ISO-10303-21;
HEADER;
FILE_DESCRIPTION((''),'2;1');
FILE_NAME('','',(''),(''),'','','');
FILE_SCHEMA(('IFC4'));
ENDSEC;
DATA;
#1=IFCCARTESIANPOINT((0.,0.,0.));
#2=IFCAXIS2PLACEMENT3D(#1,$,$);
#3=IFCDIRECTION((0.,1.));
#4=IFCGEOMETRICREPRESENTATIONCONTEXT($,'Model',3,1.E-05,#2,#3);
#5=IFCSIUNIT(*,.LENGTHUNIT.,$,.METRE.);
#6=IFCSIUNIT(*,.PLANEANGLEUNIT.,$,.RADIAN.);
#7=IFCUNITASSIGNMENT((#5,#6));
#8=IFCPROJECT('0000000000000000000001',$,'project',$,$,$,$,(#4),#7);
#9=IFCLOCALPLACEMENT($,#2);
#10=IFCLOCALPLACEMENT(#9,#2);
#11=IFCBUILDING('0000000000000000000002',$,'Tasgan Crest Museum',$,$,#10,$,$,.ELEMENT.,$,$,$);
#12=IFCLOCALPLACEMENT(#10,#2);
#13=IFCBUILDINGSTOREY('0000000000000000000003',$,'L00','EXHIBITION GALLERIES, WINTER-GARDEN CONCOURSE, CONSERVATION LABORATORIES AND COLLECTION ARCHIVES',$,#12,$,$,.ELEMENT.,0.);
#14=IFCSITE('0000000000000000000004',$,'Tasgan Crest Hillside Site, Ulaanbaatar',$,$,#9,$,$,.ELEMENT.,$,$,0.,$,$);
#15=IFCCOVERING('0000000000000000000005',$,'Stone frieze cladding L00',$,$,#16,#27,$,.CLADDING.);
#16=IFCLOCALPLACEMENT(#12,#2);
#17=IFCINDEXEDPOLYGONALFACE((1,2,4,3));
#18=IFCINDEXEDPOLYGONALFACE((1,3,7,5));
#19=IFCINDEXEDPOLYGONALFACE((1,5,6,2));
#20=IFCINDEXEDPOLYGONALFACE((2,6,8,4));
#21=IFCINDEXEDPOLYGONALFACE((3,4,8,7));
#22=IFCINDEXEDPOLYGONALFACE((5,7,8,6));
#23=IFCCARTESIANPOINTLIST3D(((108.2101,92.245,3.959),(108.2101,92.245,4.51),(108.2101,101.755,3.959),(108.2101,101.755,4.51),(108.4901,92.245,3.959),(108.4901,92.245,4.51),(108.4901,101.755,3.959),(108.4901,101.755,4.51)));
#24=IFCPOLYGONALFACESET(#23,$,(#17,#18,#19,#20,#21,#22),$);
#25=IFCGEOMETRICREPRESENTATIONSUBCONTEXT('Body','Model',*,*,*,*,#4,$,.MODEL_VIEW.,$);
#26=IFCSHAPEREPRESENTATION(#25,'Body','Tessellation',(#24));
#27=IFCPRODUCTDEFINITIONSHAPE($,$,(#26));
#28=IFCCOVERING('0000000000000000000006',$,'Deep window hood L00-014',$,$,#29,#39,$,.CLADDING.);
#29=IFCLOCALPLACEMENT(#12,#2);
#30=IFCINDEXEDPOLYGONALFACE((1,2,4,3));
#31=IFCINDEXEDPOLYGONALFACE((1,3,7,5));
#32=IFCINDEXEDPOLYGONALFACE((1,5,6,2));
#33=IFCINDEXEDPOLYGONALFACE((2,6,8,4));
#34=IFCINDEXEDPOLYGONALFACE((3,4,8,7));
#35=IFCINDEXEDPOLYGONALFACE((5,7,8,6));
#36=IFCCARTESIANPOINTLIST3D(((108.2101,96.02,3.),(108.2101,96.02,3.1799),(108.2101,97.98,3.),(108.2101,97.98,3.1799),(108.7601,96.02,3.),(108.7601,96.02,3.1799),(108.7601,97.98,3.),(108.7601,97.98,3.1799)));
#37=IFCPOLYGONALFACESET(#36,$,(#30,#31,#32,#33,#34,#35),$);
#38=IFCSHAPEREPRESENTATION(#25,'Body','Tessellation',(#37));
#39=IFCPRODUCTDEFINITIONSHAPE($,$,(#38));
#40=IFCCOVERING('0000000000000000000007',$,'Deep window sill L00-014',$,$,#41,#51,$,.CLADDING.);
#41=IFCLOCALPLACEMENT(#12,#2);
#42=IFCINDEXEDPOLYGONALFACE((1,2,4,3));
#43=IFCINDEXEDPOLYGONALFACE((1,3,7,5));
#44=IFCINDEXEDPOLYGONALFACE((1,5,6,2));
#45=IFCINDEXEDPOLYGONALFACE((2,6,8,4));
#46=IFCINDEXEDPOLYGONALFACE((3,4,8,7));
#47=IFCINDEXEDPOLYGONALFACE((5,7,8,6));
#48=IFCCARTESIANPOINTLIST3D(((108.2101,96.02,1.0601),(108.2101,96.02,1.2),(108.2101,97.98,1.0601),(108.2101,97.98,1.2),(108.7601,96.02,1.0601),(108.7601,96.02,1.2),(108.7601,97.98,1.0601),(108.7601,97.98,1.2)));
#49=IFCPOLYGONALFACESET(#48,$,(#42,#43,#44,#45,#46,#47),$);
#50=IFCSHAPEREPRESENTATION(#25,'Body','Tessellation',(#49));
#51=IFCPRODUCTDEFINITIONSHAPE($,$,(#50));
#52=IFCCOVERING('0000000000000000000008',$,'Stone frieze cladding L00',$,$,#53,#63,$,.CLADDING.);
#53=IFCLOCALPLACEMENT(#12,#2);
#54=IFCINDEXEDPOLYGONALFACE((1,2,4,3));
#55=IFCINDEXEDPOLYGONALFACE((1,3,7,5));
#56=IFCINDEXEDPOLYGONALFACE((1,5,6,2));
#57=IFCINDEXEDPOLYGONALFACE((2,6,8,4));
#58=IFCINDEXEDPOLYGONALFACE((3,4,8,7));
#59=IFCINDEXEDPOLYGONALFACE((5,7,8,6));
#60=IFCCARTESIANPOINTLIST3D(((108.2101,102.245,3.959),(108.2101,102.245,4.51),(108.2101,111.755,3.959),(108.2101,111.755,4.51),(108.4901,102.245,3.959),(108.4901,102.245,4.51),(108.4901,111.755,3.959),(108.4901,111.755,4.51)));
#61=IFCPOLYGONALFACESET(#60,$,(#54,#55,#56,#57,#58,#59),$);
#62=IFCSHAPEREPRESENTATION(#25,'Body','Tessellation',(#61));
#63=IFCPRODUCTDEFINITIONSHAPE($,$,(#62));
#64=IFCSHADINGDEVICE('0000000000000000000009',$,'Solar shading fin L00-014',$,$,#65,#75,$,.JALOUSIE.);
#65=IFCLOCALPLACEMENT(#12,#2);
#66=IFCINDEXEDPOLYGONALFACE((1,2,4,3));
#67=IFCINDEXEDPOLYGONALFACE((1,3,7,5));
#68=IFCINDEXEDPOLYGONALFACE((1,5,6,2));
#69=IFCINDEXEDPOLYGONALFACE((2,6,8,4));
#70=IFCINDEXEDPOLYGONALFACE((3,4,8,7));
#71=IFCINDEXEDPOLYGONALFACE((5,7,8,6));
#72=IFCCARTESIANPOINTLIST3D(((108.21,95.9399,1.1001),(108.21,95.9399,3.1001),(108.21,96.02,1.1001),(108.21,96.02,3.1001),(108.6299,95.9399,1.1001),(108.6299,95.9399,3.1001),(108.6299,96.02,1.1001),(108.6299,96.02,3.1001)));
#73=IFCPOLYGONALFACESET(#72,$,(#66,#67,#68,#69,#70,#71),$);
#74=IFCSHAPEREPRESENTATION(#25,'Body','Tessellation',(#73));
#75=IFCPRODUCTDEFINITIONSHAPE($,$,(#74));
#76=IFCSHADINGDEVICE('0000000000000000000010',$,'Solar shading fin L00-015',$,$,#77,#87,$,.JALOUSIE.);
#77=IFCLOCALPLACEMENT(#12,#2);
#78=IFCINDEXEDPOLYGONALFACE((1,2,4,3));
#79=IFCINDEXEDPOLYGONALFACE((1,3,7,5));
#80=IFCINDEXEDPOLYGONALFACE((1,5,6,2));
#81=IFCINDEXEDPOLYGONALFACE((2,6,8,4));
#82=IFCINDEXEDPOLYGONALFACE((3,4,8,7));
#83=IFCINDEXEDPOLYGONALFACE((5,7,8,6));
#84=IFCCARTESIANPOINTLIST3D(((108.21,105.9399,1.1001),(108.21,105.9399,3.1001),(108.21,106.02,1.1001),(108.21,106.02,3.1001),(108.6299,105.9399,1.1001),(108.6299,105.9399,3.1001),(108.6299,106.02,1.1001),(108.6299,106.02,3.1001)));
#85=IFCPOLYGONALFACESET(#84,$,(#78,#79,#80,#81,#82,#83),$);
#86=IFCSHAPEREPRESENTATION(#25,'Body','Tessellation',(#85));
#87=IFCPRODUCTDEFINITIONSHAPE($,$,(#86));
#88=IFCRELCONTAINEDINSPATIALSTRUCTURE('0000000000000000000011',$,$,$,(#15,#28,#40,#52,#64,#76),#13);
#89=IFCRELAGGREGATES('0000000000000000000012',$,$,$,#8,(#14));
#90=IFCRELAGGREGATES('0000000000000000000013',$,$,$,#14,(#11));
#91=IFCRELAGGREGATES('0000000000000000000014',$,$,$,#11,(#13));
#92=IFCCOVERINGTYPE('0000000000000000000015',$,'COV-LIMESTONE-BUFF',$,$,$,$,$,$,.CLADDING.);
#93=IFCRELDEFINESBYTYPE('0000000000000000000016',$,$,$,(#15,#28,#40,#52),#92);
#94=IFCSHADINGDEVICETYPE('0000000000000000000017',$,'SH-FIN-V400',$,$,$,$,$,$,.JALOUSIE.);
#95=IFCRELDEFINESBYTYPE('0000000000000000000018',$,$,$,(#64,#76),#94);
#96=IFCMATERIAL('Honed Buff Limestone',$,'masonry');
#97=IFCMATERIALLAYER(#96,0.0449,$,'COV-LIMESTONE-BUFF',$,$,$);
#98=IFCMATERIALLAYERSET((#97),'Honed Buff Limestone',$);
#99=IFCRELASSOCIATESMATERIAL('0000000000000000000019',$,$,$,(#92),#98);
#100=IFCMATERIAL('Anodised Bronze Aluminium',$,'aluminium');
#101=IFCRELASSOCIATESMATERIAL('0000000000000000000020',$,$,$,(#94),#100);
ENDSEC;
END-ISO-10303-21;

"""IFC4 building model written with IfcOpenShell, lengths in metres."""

from ifc_helpers import new_model, si_unit, direction, frame, origin, origin_2d, place, context, subcontext, project, spatial, rectangle, extrude, material, layer, layer_set, type_object, element, save


model = new_model("IFC4")

# Units and contexts
model_context = context("Model", 3, precision=1e-05, world=origin(), true_north=direction((0.0, 1.0)))
body_context = subcontext(model_context, "Body", "Model", "MODEL_VIEW")
ifc_project = project(units=[si_unit("LENGTHUNIT", "METRE"), si_unit("PLANEANGLEUNIT", "RADIAN")], contexts=[model_context])

# Site, building, storey
site_placement = place(None, origin())
site = spatial("IfcSite", under=ifc_project, at=site_placement, Name="Tasgan Crest Hillside Site, Ulaanbaatar", CompositionType="ELEMENT", RefElevation=0.0)
building_placement = place(site_placement, origin())
building = spatial("IfcBuilding", under=site, at=building_placement, Name="Tasgan Crest Museum", CompositionType="ELEMENT")
storey_placement = place(building_placement, origin())
storey = spatial("IfcBuildingStorey", under=building, at=storey_placement, Name="L00", Description="EXHIBITION GALLERIES, WINTER-GARDEN CONCOURSE, CONSERVATION LABORATORIES AND COLLECTION ARCHIVES", CompositionType="ELEMENT", Elevation=0.0)

# Coverings
ifc_material_1 = material(Name="Honed Buff Limestone", Category="masonry")
ifc_layer_1 = layer(ifc_material_1, 0.0449, Name="COV-LIMESTONE-BUFF")
ifc_layer_set_1 = layer_set([ifc_layer_1], Name="Honed Buff Limestone")
covering_type_1 = type_object("IfcCoveringType", Name="COV-LIMESTONE-BUFF", PredefinedType="CLADDING", material=ifc_layer_set_1)
covering_1_placement = place(storey_placement, frame((108.3501, 97.0, 3.959), z_axis=(0.0, 0.0, 1.0), x_axis=(0.0, 1.0, 0.0)))
element("IfcCovering", 1, at=covering_1_placement, inside=storey, type_object=covering_type_1, Name="Stone frieze cladding L00", PredefinedType="CLADDING", context=body_context, shape_type="SweptSolid", body=[
    extrude(rectangle(XDim=9.51, YDim=0.28, at=origin_2d()), origin(), (0.0, 0.0, 1.0), 0.551),
])
covering_2_placement = place(storey_placement, frame((108.4851, 97.0, 3.0), z_axis=(0.0, 0.0, 1.0), x_axis=(0.0, 1.0, 0.0)))
element("IfcCovering", 2, at=covering_2_placement, inside=storey, type_object=covering_type_1, Name="Deep window hood L00-014", PredefinedType="CLADDING", context=body_context, shape_type="SweptSolid", body=[
    extrude(rectangle(XDim=1.96, YDim=0.55, at=origin_2d()), origin(), (0.0, 0.0, 1.0), 0.1799),
])
covering_3_placement = place(storey_placement, frame((108.4851, 97.0, 1.0601), z_axis=(0.0, 0.0, 1.0), x_axis=(0.0, 1.0, 0.0)))
element("IfcCovering", 3, at=covering_3_placement, inside=storey, type_object=covering_type_1, Name="Deep window sill L00-014", PredefinedType="CLADDING", context=body_context, shape_type="SweptSolid", body=[
    extrude(rectangle(XDim=1.96, YDim=0.55, at=origin_2d()), origin(), (0.0, 0.0, 1.0), 0.1399),
])
covering_4_placement = place(storey_placement, frame((108.3501, 107.0, 3.959), z_axis=(0.0, 0.0, 1.0), x_axis=(0.0, 1.0, 0.0)))
element("IfcCovering", 4, at=covering_4_placement, inside=storey, type_object=covering_type_1, Name="Stone frieze cladding L00", PredefinedType="CLADDING", context=body_context, shape_type="SweptSolid", body=[
    extrude(rectangle(XDim=9.51, YDim=0.28, at=origin_2d()), origin(), (0.0, 0.0, 1.0), 0.551),
])

# Shading devices
ifc_material_2 = material(Name="Anodised Bronze Aluminium", Category="aluminium")
shading_device_type = type_object("IfcShadingDeviceType", Name="SH-FIN-V400", PredefinedType="JALOUSIE", material=ifc_material_2)
for number, where, z_axis, x_axis, name in (
    (5, (108.4199, 95.98, 1.1001), (0.0, 0.0, 1.0), (0.0, 1.0, 0.0), "Solar shading fin L00-014"),
    (6, (108.4199, 105.98, 1.1001), (0.0, 0.0, 1.0), (0.0, 1.0, 0.0), "Solar shading fin L00-015"),
):
    element("IfcShadingDevice", number, at=place(storey_placement, frame(where, z_axis=z_axis, x_axis=x_axis)), inside=storey, type_object=shading_device_type, Name=name, PredefinedType="JALOUSIE", context=body_context, shape_type="SweptSolid", body=[
        extrude(rectangle(XDim=0.0801, YDim=0.4199, at=origin_2d()), origin(), (0.0, 0.0, 1.0), 2.0),
    ])

save(model, "model.ifc")
